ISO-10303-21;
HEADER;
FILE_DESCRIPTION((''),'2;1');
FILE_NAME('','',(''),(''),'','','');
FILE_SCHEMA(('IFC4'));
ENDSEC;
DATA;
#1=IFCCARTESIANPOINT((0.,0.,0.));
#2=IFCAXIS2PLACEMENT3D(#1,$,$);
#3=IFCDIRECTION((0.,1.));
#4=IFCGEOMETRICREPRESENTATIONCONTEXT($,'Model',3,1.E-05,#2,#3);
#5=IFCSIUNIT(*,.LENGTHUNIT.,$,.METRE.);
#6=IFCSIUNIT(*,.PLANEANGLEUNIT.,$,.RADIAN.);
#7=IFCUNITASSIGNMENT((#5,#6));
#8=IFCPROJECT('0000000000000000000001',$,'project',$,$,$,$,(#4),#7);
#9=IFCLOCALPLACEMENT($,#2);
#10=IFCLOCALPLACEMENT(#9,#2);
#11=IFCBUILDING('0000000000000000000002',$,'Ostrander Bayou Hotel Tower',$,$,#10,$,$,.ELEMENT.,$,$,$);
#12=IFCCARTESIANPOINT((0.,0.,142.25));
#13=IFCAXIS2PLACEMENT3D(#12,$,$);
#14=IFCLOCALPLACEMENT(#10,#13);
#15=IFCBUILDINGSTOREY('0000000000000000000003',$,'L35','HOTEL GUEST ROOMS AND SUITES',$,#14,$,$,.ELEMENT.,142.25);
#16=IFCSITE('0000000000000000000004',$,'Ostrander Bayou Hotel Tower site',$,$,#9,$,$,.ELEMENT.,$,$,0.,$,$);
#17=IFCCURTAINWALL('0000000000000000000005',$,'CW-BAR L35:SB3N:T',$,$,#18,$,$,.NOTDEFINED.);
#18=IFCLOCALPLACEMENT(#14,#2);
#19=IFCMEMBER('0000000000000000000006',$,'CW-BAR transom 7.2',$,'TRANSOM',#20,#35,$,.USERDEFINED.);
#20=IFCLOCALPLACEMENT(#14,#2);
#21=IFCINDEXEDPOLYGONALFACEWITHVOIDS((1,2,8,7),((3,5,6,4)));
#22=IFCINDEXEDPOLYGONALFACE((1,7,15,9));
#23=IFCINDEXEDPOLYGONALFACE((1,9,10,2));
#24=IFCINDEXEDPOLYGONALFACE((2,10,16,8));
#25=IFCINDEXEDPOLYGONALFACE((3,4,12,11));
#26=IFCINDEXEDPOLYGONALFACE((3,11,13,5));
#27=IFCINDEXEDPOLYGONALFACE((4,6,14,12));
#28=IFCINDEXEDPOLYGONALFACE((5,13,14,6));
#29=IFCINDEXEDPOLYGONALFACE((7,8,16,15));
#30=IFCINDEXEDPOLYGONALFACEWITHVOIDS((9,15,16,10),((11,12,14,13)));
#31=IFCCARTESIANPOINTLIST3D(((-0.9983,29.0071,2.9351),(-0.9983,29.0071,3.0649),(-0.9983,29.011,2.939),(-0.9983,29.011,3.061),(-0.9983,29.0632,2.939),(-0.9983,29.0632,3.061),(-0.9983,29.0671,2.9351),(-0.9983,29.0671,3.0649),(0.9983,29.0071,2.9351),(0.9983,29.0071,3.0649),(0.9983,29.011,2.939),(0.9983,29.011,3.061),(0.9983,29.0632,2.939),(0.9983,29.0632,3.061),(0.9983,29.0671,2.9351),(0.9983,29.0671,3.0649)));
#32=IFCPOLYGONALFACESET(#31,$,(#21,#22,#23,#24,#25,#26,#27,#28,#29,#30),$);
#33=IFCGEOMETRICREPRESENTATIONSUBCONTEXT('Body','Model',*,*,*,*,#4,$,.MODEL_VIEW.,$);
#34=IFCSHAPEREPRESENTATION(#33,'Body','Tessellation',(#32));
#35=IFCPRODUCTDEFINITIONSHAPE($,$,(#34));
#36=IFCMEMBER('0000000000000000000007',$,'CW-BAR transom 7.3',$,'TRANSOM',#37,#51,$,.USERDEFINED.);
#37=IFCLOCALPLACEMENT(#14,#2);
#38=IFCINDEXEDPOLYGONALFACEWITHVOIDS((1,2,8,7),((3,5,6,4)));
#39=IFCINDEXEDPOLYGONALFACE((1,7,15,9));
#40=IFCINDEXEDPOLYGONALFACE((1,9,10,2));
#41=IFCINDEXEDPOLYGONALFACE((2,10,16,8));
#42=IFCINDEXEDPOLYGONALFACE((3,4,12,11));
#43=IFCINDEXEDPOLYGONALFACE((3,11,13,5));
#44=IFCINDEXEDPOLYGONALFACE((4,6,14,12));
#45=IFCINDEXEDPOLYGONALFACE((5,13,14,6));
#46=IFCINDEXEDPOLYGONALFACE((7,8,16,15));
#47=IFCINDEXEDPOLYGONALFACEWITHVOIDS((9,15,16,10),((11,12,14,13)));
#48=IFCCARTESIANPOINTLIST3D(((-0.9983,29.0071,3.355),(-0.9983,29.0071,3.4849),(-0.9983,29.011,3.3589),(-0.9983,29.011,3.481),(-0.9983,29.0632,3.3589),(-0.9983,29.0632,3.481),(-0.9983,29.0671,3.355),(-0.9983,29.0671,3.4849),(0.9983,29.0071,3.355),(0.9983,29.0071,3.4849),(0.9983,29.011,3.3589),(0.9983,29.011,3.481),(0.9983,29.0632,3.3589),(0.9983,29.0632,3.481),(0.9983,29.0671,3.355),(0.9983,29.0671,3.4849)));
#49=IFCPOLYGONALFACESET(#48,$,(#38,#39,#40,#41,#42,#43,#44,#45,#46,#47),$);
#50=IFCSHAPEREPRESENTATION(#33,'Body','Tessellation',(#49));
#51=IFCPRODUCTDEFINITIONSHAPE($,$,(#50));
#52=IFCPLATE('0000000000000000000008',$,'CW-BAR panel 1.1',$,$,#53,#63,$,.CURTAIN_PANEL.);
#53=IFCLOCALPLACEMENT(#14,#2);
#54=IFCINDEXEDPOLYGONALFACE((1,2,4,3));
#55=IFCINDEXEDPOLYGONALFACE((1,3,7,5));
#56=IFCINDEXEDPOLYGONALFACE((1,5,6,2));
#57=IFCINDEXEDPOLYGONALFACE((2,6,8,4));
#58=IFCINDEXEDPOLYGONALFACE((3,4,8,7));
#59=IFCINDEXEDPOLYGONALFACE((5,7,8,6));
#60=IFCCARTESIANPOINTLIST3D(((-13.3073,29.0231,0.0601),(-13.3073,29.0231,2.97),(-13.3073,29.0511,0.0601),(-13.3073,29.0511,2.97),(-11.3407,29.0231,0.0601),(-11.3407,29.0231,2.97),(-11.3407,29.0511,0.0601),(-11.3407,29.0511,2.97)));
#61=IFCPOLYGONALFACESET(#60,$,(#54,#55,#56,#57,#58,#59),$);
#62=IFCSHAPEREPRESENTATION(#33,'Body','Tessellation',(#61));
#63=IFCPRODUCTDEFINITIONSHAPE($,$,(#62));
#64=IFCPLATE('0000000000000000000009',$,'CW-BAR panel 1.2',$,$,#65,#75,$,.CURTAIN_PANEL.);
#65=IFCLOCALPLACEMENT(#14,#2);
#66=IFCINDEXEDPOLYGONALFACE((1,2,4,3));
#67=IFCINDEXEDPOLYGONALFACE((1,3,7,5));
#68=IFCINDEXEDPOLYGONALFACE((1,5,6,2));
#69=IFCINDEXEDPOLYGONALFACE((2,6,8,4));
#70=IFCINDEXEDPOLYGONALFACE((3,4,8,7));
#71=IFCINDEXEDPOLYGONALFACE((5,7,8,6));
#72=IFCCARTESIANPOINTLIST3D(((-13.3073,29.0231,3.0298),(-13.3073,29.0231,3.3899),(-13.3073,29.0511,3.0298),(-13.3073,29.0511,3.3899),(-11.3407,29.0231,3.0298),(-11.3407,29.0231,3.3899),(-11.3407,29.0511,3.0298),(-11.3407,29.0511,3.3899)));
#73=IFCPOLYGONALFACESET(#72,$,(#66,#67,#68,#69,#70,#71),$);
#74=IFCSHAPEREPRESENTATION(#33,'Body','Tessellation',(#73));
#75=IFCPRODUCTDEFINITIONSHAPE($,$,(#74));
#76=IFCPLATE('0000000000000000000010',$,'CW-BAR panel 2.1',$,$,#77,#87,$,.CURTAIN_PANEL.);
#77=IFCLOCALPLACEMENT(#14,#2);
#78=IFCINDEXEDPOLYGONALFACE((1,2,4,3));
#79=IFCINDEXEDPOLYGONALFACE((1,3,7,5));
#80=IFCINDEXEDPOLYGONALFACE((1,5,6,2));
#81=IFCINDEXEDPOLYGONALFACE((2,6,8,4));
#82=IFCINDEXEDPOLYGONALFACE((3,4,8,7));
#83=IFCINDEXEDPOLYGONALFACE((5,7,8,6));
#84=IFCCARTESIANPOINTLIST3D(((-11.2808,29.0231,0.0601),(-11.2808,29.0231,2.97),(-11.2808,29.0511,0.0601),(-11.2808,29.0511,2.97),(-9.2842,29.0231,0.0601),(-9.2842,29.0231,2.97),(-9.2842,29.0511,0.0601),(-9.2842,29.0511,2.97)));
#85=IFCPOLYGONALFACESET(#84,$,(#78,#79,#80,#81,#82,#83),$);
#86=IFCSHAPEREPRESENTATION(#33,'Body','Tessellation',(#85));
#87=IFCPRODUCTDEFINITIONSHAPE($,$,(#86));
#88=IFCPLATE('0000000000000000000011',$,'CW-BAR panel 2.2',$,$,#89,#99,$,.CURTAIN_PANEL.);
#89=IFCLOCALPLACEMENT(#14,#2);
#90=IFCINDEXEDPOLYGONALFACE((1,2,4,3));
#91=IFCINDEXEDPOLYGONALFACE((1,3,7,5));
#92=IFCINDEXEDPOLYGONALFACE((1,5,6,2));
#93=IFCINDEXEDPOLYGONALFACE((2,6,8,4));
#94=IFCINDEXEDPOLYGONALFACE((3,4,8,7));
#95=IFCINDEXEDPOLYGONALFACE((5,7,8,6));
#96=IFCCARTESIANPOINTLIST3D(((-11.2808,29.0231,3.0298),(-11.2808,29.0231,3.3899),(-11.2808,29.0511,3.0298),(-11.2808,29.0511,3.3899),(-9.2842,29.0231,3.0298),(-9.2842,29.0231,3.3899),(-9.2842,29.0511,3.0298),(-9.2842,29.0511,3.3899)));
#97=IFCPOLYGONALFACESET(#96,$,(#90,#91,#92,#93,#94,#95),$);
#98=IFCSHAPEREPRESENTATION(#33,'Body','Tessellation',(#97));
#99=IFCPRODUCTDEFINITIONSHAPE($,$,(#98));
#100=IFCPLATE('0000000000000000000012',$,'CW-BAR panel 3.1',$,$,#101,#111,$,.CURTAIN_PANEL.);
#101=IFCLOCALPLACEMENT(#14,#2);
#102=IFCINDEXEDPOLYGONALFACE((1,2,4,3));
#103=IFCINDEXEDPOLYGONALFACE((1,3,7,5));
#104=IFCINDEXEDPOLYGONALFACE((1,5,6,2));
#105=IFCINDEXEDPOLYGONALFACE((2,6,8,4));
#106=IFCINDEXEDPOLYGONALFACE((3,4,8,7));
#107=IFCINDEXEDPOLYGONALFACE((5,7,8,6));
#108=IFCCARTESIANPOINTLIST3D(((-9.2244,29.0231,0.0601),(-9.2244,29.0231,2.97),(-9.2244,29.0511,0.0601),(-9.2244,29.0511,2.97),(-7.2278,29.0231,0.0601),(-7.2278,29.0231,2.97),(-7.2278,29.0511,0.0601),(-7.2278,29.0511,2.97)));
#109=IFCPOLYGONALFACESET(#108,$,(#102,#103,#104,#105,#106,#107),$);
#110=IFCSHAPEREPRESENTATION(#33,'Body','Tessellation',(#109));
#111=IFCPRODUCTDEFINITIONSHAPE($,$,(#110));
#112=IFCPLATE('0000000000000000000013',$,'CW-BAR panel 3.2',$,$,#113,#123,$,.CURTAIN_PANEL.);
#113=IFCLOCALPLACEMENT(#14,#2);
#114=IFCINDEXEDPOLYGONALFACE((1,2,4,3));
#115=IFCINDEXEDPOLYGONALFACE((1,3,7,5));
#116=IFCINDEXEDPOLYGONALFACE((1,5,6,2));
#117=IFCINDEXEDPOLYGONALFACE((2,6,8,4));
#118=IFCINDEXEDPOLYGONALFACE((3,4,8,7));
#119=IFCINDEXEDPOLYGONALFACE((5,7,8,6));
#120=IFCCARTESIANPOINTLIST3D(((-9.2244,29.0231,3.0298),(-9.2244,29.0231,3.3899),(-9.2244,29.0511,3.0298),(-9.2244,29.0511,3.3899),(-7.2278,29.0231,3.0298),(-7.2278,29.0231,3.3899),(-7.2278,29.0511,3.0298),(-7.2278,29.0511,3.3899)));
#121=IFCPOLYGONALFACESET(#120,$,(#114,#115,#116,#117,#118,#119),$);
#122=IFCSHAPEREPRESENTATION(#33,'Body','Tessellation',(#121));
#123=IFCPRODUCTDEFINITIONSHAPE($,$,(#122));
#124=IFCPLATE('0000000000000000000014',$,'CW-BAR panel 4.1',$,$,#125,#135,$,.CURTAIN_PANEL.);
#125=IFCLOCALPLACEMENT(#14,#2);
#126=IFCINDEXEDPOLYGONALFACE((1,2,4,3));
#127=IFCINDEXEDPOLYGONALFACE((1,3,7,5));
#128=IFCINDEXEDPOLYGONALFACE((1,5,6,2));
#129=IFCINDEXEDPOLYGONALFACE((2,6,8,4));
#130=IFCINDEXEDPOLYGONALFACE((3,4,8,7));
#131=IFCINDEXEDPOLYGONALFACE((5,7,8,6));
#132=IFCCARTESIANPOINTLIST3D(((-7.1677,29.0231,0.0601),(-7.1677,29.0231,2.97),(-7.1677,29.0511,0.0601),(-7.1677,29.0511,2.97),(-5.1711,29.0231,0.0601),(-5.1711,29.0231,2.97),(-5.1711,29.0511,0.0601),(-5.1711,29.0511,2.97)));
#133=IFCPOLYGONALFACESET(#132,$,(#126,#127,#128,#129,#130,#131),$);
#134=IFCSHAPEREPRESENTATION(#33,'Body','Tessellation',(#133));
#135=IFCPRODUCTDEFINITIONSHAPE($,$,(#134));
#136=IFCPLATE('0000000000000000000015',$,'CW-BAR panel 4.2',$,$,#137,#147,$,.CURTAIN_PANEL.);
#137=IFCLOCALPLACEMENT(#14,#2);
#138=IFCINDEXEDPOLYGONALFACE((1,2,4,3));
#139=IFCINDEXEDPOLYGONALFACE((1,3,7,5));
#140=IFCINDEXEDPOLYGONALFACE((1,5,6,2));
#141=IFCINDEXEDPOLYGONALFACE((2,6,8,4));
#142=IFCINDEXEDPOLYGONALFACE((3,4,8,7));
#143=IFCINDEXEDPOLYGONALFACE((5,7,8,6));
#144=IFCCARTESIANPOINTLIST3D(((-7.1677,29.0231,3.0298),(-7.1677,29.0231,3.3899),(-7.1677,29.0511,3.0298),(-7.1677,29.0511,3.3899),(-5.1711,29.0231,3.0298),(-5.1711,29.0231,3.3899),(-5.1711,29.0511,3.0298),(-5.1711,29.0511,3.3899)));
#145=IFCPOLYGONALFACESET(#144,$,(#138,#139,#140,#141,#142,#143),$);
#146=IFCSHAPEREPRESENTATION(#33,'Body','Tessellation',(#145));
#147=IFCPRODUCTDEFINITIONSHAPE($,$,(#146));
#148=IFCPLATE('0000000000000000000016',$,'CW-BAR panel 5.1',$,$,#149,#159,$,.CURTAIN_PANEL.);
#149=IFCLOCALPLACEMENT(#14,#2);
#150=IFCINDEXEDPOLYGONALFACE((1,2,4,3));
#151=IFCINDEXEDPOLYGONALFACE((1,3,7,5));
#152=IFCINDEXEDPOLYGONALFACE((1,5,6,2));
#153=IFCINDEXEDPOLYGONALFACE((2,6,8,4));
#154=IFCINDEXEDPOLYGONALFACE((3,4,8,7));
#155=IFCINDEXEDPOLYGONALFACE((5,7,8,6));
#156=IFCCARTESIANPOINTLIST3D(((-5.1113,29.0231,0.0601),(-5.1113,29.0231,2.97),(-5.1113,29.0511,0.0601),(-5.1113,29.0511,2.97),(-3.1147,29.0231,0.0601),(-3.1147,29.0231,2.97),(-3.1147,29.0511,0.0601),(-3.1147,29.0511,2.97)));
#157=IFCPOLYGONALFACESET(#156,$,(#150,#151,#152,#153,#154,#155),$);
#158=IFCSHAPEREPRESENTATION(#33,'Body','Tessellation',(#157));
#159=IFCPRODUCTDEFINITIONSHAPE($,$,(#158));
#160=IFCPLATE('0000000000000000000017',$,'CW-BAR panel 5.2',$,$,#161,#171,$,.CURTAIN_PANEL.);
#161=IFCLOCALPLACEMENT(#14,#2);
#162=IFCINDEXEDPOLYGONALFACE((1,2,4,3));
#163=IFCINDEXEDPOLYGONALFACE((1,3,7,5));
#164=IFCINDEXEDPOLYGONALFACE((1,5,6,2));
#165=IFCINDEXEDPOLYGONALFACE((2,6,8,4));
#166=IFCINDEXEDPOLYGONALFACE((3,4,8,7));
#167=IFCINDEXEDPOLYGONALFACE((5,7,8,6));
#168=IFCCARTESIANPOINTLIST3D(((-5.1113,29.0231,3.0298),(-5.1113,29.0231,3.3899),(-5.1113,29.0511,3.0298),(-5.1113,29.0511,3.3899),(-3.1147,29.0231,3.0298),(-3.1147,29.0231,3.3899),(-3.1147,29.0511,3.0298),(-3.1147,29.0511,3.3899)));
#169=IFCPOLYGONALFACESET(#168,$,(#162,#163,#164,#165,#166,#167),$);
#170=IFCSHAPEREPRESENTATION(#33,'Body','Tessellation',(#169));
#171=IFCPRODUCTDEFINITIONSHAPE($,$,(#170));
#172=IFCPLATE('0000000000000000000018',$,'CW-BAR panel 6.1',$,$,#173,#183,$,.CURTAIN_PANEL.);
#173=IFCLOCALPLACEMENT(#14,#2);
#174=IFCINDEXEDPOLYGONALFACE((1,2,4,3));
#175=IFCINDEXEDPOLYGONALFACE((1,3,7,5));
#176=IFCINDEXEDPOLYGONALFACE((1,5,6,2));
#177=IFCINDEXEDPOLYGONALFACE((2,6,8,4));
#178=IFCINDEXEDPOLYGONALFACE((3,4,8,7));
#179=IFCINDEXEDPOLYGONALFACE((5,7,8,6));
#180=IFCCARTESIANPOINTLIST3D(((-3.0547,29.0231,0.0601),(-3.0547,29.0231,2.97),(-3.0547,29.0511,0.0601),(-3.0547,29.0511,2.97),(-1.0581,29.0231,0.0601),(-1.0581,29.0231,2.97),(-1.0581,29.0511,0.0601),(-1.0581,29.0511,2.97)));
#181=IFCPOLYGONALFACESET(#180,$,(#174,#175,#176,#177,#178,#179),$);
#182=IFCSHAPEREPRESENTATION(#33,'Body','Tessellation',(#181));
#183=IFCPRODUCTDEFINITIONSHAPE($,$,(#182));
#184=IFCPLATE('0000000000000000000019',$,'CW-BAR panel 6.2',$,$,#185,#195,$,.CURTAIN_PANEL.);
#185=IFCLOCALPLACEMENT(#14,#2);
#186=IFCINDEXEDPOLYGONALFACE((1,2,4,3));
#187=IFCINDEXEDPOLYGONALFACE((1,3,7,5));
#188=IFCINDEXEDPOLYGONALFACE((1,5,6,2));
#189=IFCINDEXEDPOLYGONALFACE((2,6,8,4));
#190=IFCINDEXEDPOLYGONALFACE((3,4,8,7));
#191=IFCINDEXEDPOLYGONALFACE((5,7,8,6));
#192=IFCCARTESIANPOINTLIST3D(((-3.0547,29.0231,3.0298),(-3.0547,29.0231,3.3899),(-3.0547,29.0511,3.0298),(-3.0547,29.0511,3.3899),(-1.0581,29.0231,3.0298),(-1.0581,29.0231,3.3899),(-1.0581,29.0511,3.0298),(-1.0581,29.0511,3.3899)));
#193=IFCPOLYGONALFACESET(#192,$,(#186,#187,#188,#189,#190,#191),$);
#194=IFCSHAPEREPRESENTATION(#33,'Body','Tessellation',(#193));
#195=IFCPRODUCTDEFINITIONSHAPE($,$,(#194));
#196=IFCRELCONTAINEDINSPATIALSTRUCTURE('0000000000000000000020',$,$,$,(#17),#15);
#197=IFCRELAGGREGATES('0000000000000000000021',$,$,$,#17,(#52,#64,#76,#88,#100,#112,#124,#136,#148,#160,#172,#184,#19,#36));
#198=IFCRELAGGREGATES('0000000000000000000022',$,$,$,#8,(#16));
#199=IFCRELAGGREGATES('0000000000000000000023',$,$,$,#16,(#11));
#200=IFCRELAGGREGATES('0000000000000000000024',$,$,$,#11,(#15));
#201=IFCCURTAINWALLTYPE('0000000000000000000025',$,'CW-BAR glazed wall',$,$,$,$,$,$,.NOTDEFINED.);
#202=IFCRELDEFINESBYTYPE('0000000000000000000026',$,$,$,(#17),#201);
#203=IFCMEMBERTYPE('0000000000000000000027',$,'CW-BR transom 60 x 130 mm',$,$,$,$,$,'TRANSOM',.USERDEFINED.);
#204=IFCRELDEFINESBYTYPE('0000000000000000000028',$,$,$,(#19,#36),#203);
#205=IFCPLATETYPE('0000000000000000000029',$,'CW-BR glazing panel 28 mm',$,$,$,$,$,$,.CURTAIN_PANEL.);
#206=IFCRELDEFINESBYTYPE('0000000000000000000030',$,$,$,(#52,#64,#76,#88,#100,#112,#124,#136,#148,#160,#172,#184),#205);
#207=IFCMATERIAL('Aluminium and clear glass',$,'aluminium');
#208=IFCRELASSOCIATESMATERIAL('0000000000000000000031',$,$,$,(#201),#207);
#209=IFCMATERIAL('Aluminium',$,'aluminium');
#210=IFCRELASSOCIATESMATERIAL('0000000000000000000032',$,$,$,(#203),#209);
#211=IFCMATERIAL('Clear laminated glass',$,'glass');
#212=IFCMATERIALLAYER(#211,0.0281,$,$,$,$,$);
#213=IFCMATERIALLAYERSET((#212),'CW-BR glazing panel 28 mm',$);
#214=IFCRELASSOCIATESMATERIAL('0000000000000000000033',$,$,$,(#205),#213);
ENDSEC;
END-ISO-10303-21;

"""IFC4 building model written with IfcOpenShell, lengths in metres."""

from ifc_helpers import new_model, si_unit, direction, frame, origin, origin_2d, place, context, subcontext, project, spatial, rectangle, hollow_rectangle, extrude, material, layer, layer_set, material_profile, profile_set, type_object, element, aggregate, save


model = new_model("IFC4")

# Units and contexts
model_context = context("Model", 3, precision=1e-05, world=origin(), true_north=direction((0.0, 1.0)))
body_context = subcontext(model_context, "Body", "Model", "MODEL_VIEW")
ifc_project = project(units=[si_unit("LENGTHUNIT", "METRE"), si_unit("PLANEANGLEUNIT", "RADIAN")], contexts=[model_context])

# Site, building, storey
site_placement = place(None, origin())
site = spatial("IfcSite", under=ifc_project, at=site_placement, Name="Ostrander Bayou Hotel Tower site", CompositionType="ELEMENT", RefElevation=0.0)
building_placement = place(site_placement, origin())
building = spatial("IfcBuilding", under=site, at=building_placement, Name="Ostrander Bayou Hotel Tower", CompositionType="ELEMENT")
storey_placement = place(building_placement, frame((0.0, 0.0, 142.25)))
storey = spatial("IfcBuildingStorey", under=building, at=storey_placement, Name="L35", Description="HOTEL GUEST ROOMS AND SUITES", CompositionType="ELEMENT", Elevation=142.25)

# Curtain wall, members, plates
ifc_material_1 = material(Name="Aluminium and clear glass", Category="aluminium")
curtain_wall_type = type_object("IfcCurtainWallType", Name="CW-BAR glazed wall", PredefinedType="NOTDEFINED", material=ifc_material_1)
curtain_wall_placement = place(storey_placement, origin())
curtain_wall = element("IfcCurtainWall", 1, at=curtain_wall_placement, inside=storey, type_object=curtain_wall_type, Name="CW-BAR L35:SB3N:T", PredefinedType="NOTDEFINED")
ifc_material_2 = material(Name="Aluminium", Category="aluminium")
ifc_material_profile_1 = material_profile(ifc_material_2, hollow_rectangle(XDim=0.0601, YDim=0.1299, WallThickness=0.0039, at=origin_2d()))
ifc_profile_set_1 = profile_set([ifc_material_profile_1], Name="Aluminium")
member_type_1 = type_object("IfcMemberType", Name="CW-BR transom 60 x 130 mm", ElementType="TRANSOM", PredefinedType="USERDEFINED", material=ifc_profile_set_1)
member_1_placement = place(storey_placement, frame((-0.9983, 29.0371, 3.0), z_axis=(1.0, 0.0, 0.0), x_axis=(0.0, 1.0, 0.0)))
member_1 = element("IfcMember", 2, at=member_1_placement, type_object=member_type_1, Name="CW-BAR transom 7.2", ObjectType="TRANSOM", PredefinedType="USERDEFINED", context=body_context, shape_type="SweptSolid", body=[
    extrude(hollow_rectangle(XDim=0.0601, YDim=0.1299, WallThickness=0.0039, at=origin_2d()), origin(), (0.0, 0.0, 1.0), 1.9966),
])
member_2_placement = place(storey_placement, frame((-0.9983, 29.0371, 3.4199), z_axis=(1.0, 0.0, 0.0), x_axis=(0.0, 1.0, 0.0)))
member_2 = element("IfcMember", 3, at=member_2_placement, type_object=member_type_1, Name="CW-BAR transom 7.3", ObjectType="TRANSOM", PredefinedType="USERDEFINED", context=body_context, shape_type="SweptSolid", body=[
    extrude(hollow_rectangle(XDim=0.0601, YDim=0.1299, WallThickness=0.0039, at=origin_2d()), origin(), (0.0, 0.0, 1.0), 1.9966),
])
ifc_material_3 = material(Name="Clear laminated glass", Category="glass")
ifc_layer = layer(ifc_material_3, 0.0281)
ifc_layer_set = layer_set([ifc_layer], Name="CW-BR glazing panel 28 mm")
plate_type = type_object("IfcPlateType", Name="CW-BR glazing panel 28 mm", PredefinedType="CURTAIN_PANEL", material=ifc_layer_set)
plate_1_placement = place(storey_placement, frame((-12.324, 29.0371, 0.0601), z_axis=(0.0, 0.0, 1.0), x_axis=(1.0, 0.0, 0.0)))
plate_1 = element("IfcPlate", 4, at=plate_1_placement, type_object=plate_type, Name="CW-BAR panel 1.1", PredefinedType="CURTAIN_PANEL", context=body_context, shape_type="SweptSolid", body=[
    extrude(rectangle(XDim=1.9666, YDim=0.0281, at=origin_2d()), origin(), (0.0, 0.0, 1.0), 2.9099),
])
plate_2_placement = place(storey_placement, frame((-12.324, 29.0371, 3.0298), z_axis=(0.0, 0.0, 1.0), x_axis=(1.0, 0.0, 0.0)))
plate_2 = element("IfcPlate", 5, at=plate_2_placement, type_object=plate_type, Name="CW-BAR panel 1.2", PredefinedType="CURTAIN_PANEL", context=body_context, shape_type="SweptSolid", body=[
    extrude(rectangle(XDim=1.9666, YDim=0.0281, at=origin_2d()), origin(), (0.0, 0.0, 1.0), 0.3601),
])
plate_3_placement = place(storey_placement, frame((-10.2825, 29.0371, 0.0601), z_axis=(0.0, 0.0, 1.0), x_axis=(1.0, 0.0, 0.0)))
plate_3 = element("IfcPlate", 6, at=plate_3_placement, type_object=plate_type, Name="CW-BAR panel 2.1", PredefinedType="CURTAIN_PANEL", context=body_context, shape_type="SweptSolid", body=[
    extrude(rectangle(XDim=1.9966, YDim=0.0281, at=origin_2d()), origin(), (0.0, 0.0, 1.0), 2.9099),
])
plate_4_placement = place(storey_placement, frame((-10.2825, 29.0371, 3.0298), z_axis=(0.0, 0.0, 1.0), x_axis=(1.0, 0.0, 0.0)))
plate_4 = element("IfcPlate", 7, at=plate_4_placement, type_object=plate_type, Name="CW-BAR panel 2.2", PredefinedType="CURTAIN_PANEL", context=body_context, shape_type="SweptSolid", body=[
    extrude(rectangle(XDim=1.9966, YDim=0.0281, at=origin_2d()), origin(), (0.0, 0.0, 1.0), 0.3601),
])
plate_5_placement = place(storey_placement, frame((-8.2261, 29.0371, 0.0601), z_axis=(0.0, 0.0, 1.0), x_axis=(1.0, 0.0, 0.0)))
plate_5 = element("IfcPlate", 8, at=plate_5_placement, type_object=plate_type, Name="CW-BAR panel 3.1", PredefinedType="CURTAIN_PANEL", context=body_context, shape_type="SweptSolid", body=[
    extrude(rectangle(XDim=1.9966, YDim=0.0281, at=origin_2d()), origin(), (0.0, 0.0, 1.0), 2.9099),
])
plate_6_placement = place(storey_placement, frame((-8.2261, 29.0371, 3.0298), z_axis=(0.0, 0.0, 1.0), x_axis=(1.0, 0.0, 0.0)))
plate_6 = element("IfcPlate", 9, at=plate_6_placement, type_object=plate_type, Name="CW-BAR panel 3.2", PredefinedType="CURTAIN_PANEL", context=body_context, shape_type="SweptSolid", body=[
    extrude(rectangle(XDim=1.9966, YDim=0.0281, at=origin_2d()), origin(), (0.0, 0.0, 1.0), 0.3601),
])
plate_7_placement = place(storey_placement, frame((-6.1694, 29.0371, 0.0601), z_axis=(0.0, 0.0, 1.0), x_axis=(1.0, 0.0, 0.0)))
plate_7 = element("IfcPlate", 10, at=plate_7_placement, type_object=plate_type, Name="CW-BAR panel 4.1", PredefinedType="CURTAIN_PANEL", context=body_context, shape_type="SweptSolid", body=[
    extrude(rectangle(XDim=1.9966, YDim=0.0281, at=origin_2d()), origin(), (0.0, 0.0, 1.0), 2.9099),
])
plate_8_placement = place(storey_placement, frame((-6.1694, 29.0371, 3.0298), z_axis=(0.0, 0.0, 1.0), x_axis=(1.0, 0.0, 0.0)))
plate_8 = element("IfcPlate", 11, at=plate_8_placement, type_object=plate_type, Name="CW-BAR panel 4.2", PredefinedType="CURTAIN_PANEL", context=body_context, shape_type="SweptSolid", body=[
    extrude(rectangle(XDim=1.9966, YDim=0.0281, at=origin_2d()), origin(), (0.0, 0.0, 1.0), 0.3601),
])
plate_9_placement = place(storey_placement, frame((-4.113, 29.0371, 0.0601), z_axis=(0.0, 0.0, 1.0), x_axis=(1.0, 0.0, 0.0)))
plate_9 = element("IfcPlate", 12, at=plate_9_placement, type_object=plate_type, Name="CW-BAR panel 5.1", PredefinedType="CURTAIN_PANEL", context=body_context, shape_type="SweptSolid", body=[
    extrude(rectangle(XDim=1.9966, YDim=0.0281, at=origin_2d()), origin(), (0.0, 0.0, 1.0), 2.9099),
])
plate_10_placement = place(storey_placement, frame((-4.113, 29.0371, 3.0298), z_axis=(0.0, 0.0, 1.0), x_axis=(1.0, 0.0, 0.0)))
plate_10 = element("IfcPlate", 13, at=plate_10_placement, type_object=plate_type, Name="CW-BAR panel 5.2", PredefinedType="CURTAIN_PANEL", context=body_context, shape_type="SweptSolid", body=[
    extrude(rectangle(XDim=1.9966, YDim=0.0281, at=origin_2d()), origin(), (0.0, 0.0, 1.0), 0.3601),
])
plate_11_placement = place(storey_placement, frame((-2.0564, 29.0371, 0.0601), z_axis=(0.0, 0.0, 1.0), x_axis=(1.0, 0.0, 0.0)))
plate_11 = element("IfcPlate", 14, at=plate_11_placement, type_object=plate_type, Name="CW-BAR panel 6.1", PredefinedType="CURTAIN_PANEL", context=body_context, shape_type="SweptSolid", body=[
    extrude(rectangle(XDim=1.9966, YDim=0.0281, at=origin_2d()), origin(), (0.0, 0.0, 1.0), 2.9099),
])
plate_12_placement = place(storey_placement, frame((-2.0564, 29.0371, 3.0298), z_axis=(0.0, 0.0, 1.0), x_axis=(1.0, 0.0, 0.0)))
plate_12 = element("IfcPlate", 15, at=plate_12_placement, type_object=plate_type, Name="CW-BAR panel 6.2", PredefinedType="CURTAIN_PANEL", context=body_context, shape_type="SweptSolid", body=[
    extrude(rectangle(XDim=1.9966, YDim=0.0281, at=origin_2d()), origin(), (0.0, 0.0, 1.0), 0.3601),
])
aggregate(curtain_wall, [plate_1, plate_2, plate_3, plate_4, plate_5, plate_6, plate_7, plate_8, plate_9, plate_10, plate_11, plate_12, member_1, member_2])

save(model, "model.ifc")
